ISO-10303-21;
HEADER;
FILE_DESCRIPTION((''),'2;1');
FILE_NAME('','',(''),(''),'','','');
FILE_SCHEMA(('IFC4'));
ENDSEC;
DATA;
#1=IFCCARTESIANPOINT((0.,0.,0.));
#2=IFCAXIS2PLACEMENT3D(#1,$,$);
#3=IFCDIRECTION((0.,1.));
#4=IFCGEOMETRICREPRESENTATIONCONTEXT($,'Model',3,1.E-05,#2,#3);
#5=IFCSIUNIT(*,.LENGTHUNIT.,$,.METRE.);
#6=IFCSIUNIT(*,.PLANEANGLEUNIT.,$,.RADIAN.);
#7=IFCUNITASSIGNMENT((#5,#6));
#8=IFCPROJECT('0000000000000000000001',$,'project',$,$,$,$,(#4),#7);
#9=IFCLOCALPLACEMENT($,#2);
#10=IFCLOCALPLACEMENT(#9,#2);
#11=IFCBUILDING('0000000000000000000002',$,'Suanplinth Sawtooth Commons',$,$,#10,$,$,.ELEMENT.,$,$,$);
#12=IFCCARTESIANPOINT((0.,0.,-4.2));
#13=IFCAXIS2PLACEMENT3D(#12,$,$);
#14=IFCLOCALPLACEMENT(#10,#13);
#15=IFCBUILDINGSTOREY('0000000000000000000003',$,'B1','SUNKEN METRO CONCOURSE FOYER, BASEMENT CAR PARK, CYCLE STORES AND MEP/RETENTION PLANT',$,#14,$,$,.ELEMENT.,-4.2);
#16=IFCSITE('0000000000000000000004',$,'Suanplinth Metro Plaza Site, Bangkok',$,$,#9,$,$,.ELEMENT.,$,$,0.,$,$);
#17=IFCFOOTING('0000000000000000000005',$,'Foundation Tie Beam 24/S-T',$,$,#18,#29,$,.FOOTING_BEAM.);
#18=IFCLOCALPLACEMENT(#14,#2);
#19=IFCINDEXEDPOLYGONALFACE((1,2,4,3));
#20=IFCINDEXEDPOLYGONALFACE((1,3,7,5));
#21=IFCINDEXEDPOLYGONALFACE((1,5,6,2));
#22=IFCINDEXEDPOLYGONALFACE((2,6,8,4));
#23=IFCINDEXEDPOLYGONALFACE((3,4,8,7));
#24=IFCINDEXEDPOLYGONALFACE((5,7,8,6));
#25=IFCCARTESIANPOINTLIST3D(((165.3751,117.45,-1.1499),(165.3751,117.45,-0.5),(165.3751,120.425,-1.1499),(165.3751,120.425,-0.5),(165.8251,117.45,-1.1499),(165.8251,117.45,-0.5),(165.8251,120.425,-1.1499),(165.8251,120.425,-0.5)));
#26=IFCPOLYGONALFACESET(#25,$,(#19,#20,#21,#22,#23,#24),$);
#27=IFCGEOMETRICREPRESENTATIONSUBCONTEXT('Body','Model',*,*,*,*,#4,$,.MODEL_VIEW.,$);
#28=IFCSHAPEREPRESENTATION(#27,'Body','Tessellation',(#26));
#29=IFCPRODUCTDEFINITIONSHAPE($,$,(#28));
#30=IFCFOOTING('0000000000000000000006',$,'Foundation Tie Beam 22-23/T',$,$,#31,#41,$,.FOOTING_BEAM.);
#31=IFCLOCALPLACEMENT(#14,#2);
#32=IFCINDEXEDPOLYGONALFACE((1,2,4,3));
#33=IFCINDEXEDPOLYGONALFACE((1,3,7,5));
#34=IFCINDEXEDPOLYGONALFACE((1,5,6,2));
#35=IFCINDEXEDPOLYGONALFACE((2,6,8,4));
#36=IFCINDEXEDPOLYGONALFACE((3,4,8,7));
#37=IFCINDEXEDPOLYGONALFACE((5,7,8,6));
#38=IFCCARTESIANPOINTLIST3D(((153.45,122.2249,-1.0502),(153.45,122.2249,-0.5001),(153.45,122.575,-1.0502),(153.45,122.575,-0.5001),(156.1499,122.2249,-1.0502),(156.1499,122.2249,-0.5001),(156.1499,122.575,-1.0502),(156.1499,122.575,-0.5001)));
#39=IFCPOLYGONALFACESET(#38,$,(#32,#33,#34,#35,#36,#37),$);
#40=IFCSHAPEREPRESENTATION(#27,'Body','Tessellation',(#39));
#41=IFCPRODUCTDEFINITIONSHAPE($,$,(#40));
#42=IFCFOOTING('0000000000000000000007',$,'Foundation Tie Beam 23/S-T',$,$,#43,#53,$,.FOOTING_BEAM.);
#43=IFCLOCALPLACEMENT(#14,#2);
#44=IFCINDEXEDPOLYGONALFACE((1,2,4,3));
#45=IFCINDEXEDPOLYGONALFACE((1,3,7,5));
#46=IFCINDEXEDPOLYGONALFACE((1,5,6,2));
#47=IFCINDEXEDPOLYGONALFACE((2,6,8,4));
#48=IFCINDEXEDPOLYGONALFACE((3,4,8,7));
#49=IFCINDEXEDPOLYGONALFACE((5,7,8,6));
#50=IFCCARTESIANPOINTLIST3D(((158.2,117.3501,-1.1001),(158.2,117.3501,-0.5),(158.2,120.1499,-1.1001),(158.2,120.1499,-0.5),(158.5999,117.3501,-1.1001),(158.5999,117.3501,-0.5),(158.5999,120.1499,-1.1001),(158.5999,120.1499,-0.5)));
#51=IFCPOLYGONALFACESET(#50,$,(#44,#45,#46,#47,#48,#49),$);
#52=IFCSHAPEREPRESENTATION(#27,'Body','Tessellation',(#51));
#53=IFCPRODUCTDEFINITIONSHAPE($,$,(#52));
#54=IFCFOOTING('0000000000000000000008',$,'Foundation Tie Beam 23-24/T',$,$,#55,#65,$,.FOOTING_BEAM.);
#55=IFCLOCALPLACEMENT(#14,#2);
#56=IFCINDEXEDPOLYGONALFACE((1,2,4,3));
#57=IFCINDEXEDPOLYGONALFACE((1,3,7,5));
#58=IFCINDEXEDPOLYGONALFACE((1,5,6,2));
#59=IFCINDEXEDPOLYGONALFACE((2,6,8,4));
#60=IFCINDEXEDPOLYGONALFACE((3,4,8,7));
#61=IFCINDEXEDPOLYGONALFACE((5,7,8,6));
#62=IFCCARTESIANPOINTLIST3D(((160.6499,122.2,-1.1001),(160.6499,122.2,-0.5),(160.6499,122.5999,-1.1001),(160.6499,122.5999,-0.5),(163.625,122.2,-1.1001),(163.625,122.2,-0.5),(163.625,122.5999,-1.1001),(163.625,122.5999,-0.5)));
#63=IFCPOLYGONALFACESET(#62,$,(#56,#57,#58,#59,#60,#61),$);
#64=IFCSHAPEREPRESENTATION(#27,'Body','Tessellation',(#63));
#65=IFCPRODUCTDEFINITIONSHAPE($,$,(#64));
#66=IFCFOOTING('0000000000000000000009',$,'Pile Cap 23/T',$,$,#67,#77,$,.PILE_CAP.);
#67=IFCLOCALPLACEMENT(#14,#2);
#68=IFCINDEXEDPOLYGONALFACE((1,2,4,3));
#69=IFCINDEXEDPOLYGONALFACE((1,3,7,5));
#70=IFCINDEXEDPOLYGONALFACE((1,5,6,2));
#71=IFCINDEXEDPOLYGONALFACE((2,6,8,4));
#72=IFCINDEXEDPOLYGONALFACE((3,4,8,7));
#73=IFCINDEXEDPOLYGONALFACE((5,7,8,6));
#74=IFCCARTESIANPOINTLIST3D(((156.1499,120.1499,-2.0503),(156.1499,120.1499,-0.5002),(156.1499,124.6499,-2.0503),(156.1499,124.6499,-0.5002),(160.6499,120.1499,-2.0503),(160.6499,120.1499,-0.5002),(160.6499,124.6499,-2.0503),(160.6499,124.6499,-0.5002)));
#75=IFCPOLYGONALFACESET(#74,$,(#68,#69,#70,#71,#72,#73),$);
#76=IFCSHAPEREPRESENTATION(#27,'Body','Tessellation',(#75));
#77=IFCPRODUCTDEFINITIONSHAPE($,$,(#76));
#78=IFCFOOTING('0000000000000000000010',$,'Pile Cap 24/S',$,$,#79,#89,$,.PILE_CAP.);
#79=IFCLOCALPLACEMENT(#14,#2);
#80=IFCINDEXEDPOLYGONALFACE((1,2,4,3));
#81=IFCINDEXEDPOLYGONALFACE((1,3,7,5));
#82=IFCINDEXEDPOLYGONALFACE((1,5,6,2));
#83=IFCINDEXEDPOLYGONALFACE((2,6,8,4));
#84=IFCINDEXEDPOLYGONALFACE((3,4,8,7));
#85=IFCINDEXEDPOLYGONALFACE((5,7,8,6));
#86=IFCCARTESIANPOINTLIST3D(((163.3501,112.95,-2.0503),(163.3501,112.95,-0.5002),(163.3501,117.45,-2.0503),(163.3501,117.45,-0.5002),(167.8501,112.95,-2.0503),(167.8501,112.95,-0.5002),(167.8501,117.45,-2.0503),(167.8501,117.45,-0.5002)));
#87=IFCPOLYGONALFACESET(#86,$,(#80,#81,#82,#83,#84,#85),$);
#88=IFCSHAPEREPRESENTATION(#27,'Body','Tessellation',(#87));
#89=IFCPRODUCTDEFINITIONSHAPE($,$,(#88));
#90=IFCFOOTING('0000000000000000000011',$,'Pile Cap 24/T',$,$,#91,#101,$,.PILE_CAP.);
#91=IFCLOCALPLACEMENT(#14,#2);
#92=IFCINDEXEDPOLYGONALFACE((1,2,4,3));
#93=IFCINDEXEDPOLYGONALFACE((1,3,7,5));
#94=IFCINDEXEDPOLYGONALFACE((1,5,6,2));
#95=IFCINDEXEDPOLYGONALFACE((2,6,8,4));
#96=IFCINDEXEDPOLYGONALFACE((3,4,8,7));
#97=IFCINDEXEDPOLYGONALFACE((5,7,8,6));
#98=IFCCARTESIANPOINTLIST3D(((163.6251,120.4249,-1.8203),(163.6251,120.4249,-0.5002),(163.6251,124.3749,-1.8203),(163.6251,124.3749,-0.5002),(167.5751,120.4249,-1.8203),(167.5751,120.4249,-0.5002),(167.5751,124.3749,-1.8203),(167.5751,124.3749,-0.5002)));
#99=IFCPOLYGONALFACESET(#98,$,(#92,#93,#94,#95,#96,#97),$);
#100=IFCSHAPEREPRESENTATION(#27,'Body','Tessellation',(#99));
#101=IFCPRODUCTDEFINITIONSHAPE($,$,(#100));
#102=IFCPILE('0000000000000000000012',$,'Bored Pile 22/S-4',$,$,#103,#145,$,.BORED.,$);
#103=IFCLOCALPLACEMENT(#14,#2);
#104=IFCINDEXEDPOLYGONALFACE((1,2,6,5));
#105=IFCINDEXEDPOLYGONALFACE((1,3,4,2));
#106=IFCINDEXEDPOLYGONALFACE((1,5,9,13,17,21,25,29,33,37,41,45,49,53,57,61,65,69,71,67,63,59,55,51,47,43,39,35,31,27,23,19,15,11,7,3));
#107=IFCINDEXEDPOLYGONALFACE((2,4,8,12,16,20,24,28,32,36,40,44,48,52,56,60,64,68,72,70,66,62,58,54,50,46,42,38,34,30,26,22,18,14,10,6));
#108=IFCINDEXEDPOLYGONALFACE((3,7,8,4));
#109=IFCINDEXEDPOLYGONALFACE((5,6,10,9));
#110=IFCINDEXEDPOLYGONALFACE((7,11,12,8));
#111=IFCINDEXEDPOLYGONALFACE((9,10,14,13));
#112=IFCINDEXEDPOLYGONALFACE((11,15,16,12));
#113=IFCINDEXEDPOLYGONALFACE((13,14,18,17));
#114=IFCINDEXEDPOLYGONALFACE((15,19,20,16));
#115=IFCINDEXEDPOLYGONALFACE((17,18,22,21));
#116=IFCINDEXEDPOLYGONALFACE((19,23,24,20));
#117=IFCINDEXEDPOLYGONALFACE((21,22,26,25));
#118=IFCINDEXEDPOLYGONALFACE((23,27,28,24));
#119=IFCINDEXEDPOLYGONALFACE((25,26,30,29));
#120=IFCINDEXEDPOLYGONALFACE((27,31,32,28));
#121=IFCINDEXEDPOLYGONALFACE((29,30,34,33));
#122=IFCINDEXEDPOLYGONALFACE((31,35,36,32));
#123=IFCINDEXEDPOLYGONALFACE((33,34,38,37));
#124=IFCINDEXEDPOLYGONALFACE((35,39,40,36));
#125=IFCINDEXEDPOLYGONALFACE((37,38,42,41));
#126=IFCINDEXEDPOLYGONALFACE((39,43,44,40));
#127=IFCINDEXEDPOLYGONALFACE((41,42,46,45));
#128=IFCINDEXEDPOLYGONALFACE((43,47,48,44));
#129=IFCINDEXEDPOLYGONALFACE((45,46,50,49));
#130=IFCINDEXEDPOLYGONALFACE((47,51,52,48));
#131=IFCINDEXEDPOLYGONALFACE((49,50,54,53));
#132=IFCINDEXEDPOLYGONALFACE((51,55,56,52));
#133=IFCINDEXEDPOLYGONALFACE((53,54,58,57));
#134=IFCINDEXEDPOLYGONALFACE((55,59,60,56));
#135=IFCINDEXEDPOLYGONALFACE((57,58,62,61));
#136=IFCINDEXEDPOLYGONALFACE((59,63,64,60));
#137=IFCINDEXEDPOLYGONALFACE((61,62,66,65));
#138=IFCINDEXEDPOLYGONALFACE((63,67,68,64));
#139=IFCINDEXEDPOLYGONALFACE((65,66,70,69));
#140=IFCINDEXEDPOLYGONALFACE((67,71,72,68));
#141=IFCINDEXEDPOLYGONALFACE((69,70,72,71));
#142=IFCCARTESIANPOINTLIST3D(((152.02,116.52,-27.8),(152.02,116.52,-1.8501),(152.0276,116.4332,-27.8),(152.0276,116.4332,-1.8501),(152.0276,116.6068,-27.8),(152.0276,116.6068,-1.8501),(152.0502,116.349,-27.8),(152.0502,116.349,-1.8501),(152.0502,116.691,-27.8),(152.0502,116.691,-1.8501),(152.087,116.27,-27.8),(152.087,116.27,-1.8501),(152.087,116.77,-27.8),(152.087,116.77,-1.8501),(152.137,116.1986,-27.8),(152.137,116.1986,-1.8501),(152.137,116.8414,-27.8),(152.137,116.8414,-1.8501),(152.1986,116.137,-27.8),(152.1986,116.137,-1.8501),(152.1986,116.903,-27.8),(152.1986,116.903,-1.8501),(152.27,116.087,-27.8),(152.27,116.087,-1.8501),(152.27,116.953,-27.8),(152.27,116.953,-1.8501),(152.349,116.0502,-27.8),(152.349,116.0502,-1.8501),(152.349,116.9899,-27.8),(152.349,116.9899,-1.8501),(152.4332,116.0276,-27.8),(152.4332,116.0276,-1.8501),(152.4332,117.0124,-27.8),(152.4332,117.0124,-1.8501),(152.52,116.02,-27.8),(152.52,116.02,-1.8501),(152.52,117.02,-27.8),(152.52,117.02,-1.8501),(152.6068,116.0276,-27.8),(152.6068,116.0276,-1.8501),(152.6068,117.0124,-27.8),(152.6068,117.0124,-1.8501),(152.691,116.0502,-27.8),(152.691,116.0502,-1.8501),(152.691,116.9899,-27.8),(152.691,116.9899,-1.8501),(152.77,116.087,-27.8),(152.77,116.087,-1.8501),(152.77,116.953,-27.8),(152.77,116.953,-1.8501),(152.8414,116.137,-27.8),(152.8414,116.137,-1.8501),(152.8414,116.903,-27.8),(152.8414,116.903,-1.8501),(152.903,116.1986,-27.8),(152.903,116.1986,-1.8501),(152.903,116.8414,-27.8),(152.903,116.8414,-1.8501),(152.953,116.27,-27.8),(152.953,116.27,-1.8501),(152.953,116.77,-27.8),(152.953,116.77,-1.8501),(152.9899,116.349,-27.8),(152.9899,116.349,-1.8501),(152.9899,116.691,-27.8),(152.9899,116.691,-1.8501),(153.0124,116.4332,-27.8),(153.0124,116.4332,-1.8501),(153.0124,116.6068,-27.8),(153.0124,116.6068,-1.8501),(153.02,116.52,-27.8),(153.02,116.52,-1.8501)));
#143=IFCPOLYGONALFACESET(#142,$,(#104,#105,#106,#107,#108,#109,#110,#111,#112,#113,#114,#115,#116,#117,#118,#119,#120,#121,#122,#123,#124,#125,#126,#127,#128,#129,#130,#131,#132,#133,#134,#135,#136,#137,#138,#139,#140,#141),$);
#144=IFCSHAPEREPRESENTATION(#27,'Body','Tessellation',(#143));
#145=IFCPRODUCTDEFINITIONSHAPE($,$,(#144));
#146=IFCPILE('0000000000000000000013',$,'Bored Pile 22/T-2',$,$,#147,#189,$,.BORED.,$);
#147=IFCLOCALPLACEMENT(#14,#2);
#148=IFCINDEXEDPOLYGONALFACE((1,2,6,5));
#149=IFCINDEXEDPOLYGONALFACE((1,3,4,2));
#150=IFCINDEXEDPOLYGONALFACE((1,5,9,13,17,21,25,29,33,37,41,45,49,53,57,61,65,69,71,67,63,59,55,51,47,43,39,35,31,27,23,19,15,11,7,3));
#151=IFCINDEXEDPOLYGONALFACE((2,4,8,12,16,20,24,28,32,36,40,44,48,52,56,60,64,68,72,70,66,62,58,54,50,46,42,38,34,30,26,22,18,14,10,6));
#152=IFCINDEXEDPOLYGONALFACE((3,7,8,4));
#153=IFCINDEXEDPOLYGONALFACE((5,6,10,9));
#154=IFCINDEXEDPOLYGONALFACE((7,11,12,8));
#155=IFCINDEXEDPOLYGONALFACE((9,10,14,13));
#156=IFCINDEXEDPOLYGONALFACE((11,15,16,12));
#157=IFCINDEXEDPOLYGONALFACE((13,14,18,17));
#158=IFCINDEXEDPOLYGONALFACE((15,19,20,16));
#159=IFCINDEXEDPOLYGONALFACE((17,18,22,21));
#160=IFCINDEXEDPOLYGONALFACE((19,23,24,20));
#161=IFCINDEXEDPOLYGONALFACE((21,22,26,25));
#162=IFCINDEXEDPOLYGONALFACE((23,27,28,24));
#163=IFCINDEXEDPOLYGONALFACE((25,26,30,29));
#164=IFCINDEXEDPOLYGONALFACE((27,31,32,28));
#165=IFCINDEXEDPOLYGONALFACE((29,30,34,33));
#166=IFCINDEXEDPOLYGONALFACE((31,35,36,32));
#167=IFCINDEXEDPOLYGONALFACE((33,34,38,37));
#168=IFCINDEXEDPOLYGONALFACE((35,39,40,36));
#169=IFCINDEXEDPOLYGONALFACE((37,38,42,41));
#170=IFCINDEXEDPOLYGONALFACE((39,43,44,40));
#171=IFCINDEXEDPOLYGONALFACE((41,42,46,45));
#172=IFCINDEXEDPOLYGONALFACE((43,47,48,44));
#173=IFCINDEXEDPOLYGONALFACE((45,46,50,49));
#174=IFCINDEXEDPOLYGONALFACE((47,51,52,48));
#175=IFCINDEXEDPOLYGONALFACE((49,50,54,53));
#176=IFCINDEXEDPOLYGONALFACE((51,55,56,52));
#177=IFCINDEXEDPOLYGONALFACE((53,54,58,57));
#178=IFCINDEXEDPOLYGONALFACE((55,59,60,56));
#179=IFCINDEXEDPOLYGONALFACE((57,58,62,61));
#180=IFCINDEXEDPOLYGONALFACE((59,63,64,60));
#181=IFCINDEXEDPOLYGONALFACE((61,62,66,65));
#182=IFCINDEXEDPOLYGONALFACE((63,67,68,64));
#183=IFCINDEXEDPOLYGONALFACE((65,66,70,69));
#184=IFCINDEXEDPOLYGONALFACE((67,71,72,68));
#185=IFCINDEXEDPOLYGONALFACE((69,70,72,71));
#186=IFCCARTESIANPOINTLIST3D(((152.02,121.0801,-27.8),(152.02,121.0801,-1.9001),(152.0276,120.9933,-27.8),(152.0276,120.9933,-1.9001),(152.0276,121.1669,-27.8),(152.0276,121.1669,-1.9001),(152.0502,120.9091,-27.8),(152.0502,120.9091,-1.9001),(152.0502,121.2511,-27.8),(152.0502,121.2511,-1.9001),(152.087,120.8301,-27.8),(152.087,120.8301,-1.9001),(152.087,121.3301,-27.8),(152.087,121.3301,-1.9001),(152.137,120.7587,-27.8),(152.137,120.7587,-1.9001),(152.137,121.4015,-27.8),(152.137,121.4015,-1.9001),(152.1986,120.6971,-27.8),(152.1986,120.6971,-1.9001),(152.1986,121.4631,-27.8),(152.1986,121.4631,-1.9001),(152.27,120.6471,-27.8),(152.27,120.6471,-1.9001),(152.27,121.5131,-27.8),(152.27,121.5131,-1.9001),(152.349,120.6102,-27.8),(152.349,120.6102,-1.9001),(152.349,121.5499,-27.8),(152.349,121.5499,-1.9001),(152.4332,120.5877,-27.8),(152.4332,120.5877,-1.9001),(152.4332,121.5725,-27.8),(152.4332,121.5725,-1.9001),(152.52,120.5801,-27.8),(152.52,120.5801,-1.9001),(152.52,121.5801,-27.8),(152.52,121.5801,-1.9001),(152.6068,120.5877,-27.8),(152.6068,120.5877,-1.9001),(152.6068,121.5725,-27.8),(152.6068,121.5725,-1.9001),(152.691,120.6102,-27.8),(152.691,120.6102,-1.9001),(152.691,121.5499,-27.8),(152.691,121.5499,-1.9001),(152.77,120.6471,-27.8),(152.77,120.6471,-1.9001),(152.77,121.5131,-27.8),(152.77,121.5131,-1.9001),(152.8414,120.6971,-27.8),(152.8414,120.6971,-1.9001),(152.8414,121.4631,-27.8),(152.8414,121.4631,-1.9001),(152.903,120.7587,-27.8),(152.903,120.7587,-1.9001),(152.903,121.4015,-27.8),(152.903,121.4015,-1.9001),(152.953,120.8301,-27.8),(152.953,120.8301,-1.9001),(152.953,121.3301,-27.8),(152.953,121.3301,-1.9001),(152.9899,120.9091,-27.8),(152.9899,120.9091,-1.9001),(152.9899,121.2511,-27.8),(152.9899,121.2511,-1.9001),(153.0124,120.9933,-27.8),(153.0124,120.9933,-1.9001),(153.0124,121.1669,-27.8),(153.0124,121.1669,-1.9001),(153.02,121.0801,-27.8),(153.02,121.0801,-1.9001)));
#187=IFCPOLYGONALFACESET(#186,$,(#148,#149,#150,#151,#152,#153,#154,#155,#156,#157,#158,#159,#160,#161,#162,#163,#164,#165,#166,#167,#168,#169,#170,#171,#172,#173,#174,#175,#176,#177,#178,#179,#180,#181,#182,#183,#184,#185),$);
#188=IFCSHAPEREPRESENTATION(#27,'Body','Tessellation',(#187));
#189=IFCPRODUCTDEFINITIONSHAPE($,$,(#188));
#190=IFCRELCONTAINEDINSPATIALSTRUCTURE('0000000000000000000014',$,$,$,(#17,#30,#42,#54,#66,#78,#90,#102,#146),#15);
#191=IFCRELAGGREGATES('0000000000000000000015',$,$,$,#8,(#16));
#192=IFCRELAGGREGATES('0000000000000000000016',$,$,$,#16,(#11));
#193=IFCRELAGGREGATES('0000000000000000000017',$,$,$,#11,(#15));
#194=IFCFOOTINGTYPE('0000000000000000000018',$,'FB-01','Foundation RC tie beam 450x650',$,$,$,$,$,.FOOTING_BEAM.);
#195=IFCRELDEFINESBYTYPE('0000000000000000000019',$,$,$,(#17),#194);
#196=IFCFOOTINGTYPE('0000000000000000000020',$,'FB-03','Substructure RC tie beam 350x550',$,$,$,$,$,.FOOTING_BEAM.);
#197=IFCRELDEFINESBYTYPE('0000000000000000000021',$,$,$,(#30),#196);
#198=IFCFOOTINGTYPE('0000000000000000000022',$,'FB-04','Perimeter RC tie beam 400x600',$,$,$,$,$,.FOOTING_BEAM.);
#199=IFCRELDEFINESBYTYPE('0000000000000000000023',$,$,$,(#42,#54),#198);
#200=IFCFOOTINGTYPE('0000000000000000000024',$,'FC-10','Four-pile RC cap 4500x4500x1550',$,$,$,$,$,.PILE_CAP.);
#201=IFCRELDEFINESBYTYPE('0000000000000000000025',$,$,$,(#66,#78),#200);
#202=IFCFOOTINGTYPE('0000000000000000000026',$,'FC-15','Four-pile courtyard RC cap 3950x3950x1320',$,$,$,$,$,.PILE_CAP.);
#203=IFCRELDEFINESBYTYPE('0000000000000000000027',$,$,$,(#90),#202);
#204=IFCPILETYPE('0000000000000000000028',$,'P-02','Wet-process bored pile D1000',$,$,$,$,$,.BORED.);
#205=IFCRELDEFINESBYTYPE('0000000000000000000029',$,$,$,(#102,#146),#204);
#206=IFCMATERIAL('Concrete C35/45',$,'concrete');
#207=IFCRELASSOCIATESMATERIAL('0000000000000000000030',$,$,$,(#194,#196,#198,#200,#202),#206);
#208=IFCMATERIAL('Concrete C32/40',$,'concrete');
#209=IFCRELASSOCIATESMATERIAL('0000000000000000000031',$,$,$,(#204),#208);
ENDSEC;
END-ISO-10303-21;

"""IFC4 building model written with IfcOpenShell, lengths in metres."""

from ifc_helpers import new_model, si_unit, direction, frame, origin, origin_2d, place, context, subcontext, project, spatial, rectangle, circle, extrude, material, material_profile, profile_set, type_object, element, save


model = new_model("IFC4")

# Units and contexts
model_context = context("Model", 3, precision=1e-05, world=origin(), true_north=direction((0.0, 1.0)))
body_context = subcontext(model_context, "Body", "Model", "MODEL_VIEW")
ifc_project = project(units=[si_unit("LENGTHUNIT", "METRE"), si_unit("PLANEANGLEUNIT", "RADIAN")], contexts=[model_context])

# Site, building, storey
site_placement = place(None, origin())
site = spatial("IfcSite", under=ifc_project, at=site_placement, Name="Suanplinth Metro Plaza Site, Bangkok", CompositionType="ELEMENT", RefElevation=0.0)
building_placement = place(site_placement, origin())
building = spatial("IfcBuilding", under=site, at=building_placement, Name="Suanplinth Sawtooth Commons", CompositionType="ELEMENT")
storey_placement = place(building_placement, frame((0.0, 0.0, -4.2)))
storey = spatial("IfcBuildingStorey", under=building, at=storey_placement, Name="B1", Description="SUNKEN METRO CONCOURSE FOYER, BASEMENT CAR PARK, CYCLE STORES AND MEP/RETENTION PLANT", CompositionType="ELEMENT", Elevation=-4.2)

# Footings
ifc_material_1 = material(Name="Concrete C35/45", Category="concrete")
ifc_material_profile_1 = material_profile(ifc_material_1, rectangle(XDim=0.45, YDim=0.6499, at=origin_2d()), Name="PC-GDR 450x650")
ifc_profile_set_1 = profile_set([ifc_material_profile_1], Name="Concrete C35/45")
footing_type_1 = type_object("IfcFootingType", Name="FB-01", Description="Foundation RC tie beam 450x650", PredefinedType="FOOTING_BEAM", material=ifc_profile_set_1)
footing_1_placement = place(storey_placement, frame((165.6001, 117.45, -0.825), z_axis=(0.0, 1.0, 0.0), x_axis=(-1.0, 0.0, 0.0)))
element("IfcFooting", 1, at=footing_1_placement, inside=storey, type_object=footing_type_1, Name="Foundation Tie Beam 24/S-T", PredefinedType="FOOTING_BEAM", context=body_context, shape_type="SweptSolid", body=[
    extrude(rectangle(XDim=0.45, YDim=0.6499, at=origin_2d()), origin(), (0.0, 0.0, 1.0), 2.9751),
])
ifc_material_profile_2 = material_profile(ifc_material_1, rectangle(XDim=0.3501, YDim=0.55, at=origin_2d()), Name="PC-BM 350x550")
ifc_profile_set_2 = profile_set([ifc_material_profile_2], Name="Concrete C35/45")
footing_type_2 = type_object("IfcFootingType", Name="FB-03", Description="Substructure RC tie beam 350x550", PredefinedType="FOOTING_BEAM", material=ifc_profile_set_2)
footing_2_placement = place(storey_placement, frame((153.45, 122.3999, -0.7751), z_axis=(1.0, 0.0, 0.0), x_axis=(0.0, 1.0, 0.0)))
element("IfcFooting", 2, at=footing_2_placement, inside=storey, type_object=footing_type_2, Name="Foundation Tie Beam 22-23/T", PredefinedType="FOOTING_BEAM", context=body_context, shape_type="SweptSolid", body=[
    extrude(rectangle(XDim=0.3501, YDim=0.55, at=origin_2d()), origin(), (0.0, 0.0, 1.0), 2.7),
])
ifc_material_profile_3 = material_profile(ifc_material_1, rectangle(XDim=0.3999, YDim=0.6001, at=origin_2d()), Name="PC-GDR 400x600")
ifc_profile_set_3 = profile_set([ifc_material_profile_3], Name="Concrete C35/45")
footing_type_3 = type_object("IfcFootingType", Name="FB-04", Description="Perimeter RC tie beam 400x600", PredefinedType="FOOTING_BEAM", material=ifc_profile_set_3)
footing_3_placement = place(storey_placement, frame((158.3999, 117.3501, -0.8), z_axis=(0.0, 1.0, 0.0), x_axis=(-1.0, 0.0, 0.0)))
element("IfcFooting", 3, at=footing_3_placement, inside=storey, type_object=footing_type_3, Name="Foundation Tie Beam 23/S-T", PredefinedType="FOOTING_BEAM", context=body_context, shape_type="SweptSolid", body=[
    extrude(rectangle(XDim=0.3999, YDim=0.6001, at=origin_2d()), origin(), (0.0, 0.0, 1.0), 2.7998),
])
footing_4_placement = place(storey_placement, frame((160.6499, 122.3999, -0.8), z_axis=(1.0, 0.0, 0.0), x_axis=(0.0, 1.0, 0.0)))
element("IfcFooting", 4, at=footing_4_placement, inside=storey, type_object=footing_type_3, Name="Foundation Tie Beam 23-24/T", PredefinedType="FOOTING_BEAM", context=body_context, shape_type="SweptSolid", body=[
    extrude(rectangle(XDim=0.3999, YDim=0.6001, at=origin_2d()), origin(), (0.0, 0.0, 1.0), 2.9751),
])
footing_type_4 = type_object("IfcFootingType", Name="FC-10", Description="Four-pile RC cap 4500x4500x1550", PredefinedType="PILE_CAP", material=ifc_material_1)
for number, where, z_axis, x_axis, name in (
    (5, (158.3999, 122.3999, -2.0503), (0.0, 0.0, 1.0), (1.0, 0.0, 0.0), "Pile Cap 23/T"),
    (6, (165.6001, 115.2, -2.0503), (0.0, 0.0, 1.0), (1.0, 0.0, 0.0), "Pile Cap 24/S"),
):
    element("IfcFooting", number, at=place(storey_placement, frame(where, z_axis=z_axis, x_axis=x_axis)), inside=storey, type_object=footing_type_4, Name=name, PredefinedType="PILE_CAP", context=body_context, shape_type="SweptSolid", body=[
        extrude(rectangle(XDim=4.5, YDim=4.5, at=origin_2d()), origin(), (0.0, 0.0, 1.0), 1.55),
    ])
footing_type_5 = type_object("IfcFootingType", Name="FC-15", Description="Four-pile courtyard RC cap 3950x3950x1320", PredefinedType="PILE_CAP", material=ifc_material_1)
footing_5_placement = place(storey_placement, frame((165.6001, 122.3999, -1.8203), z_axis=(0.0, 0.0, 1.0), x_axis=(1.0, 0.0, 0.0)))
element("IfcFooting", 7, at=footing_5_placement, inside=storey, type_object=footing_type_5, Name="Pile Cap 24/T", PredefinedType="PILE_CAP", context=body_context, shape_type="SweptSolid", body=[
    extrude(rectangle(XDim=3.95, YDim=3.95, at=origin_2d()), origin(), (0.0, 0.0, 1.0), 1.3201),
])

# Piles
ifc_material_2 = material(Name="Concrete C32/40", Category="concrete")
ifc_material_profile_4 = material_profile(ifc_material_2, circle(Radius=0.5, at=origin_2d()), Name="PILE D1000")
ifc_profile_set_4 = profile_set([ifc_material_profile_4], Name="Concrete C32/40")
pile_type = type_object("IfcPileType", Name="P-02", Description="Wet-process bored pile D1000", PredefinedType="BORED", material=ifc_profile_set_4)
pile_placement = place(storey_placement, frame((152.52, 116.52, -1.8501), z_axis=(0.0, 0.0, -1.0), x_axis=(1.0, 0.0, 0.0)))
element("IfcPile", 8, at=pile_placement, inside=storey, type_object=pile_type, Name="Bored Pile 22/S-4", PredefinedType="BORED", context=body_context, shape_type="SweptSolid", body=[
    extrude(circle(Radius=0.5, at=origin_2d()), origin(), (0.0, 0.0, 1.0), 25.95),
])
for number, where, z_axis, x_axis, name in (
    (9, (152.52, 121.0801, -1.9001), (0.0, 0.0, -1.0), (1.0, 0.0, 0.0), "Bored Pile 22/T-2"),
):
    element("IfcPile", number, at=place(storey_placement, frame(where, z_axis=z_axis, x_axis=x_axis)), inside=storey, type_object=pile_type, Name=name, PredefinedType="BORED", context=body_context, shape_type="SweptSolid", body=[
        extrude(circle(Radius=0.5, at=origin_2d()), origin(), (0.0, 0.0, 1.0), 25.8999),
    ])

save(model, "model.ifc")
